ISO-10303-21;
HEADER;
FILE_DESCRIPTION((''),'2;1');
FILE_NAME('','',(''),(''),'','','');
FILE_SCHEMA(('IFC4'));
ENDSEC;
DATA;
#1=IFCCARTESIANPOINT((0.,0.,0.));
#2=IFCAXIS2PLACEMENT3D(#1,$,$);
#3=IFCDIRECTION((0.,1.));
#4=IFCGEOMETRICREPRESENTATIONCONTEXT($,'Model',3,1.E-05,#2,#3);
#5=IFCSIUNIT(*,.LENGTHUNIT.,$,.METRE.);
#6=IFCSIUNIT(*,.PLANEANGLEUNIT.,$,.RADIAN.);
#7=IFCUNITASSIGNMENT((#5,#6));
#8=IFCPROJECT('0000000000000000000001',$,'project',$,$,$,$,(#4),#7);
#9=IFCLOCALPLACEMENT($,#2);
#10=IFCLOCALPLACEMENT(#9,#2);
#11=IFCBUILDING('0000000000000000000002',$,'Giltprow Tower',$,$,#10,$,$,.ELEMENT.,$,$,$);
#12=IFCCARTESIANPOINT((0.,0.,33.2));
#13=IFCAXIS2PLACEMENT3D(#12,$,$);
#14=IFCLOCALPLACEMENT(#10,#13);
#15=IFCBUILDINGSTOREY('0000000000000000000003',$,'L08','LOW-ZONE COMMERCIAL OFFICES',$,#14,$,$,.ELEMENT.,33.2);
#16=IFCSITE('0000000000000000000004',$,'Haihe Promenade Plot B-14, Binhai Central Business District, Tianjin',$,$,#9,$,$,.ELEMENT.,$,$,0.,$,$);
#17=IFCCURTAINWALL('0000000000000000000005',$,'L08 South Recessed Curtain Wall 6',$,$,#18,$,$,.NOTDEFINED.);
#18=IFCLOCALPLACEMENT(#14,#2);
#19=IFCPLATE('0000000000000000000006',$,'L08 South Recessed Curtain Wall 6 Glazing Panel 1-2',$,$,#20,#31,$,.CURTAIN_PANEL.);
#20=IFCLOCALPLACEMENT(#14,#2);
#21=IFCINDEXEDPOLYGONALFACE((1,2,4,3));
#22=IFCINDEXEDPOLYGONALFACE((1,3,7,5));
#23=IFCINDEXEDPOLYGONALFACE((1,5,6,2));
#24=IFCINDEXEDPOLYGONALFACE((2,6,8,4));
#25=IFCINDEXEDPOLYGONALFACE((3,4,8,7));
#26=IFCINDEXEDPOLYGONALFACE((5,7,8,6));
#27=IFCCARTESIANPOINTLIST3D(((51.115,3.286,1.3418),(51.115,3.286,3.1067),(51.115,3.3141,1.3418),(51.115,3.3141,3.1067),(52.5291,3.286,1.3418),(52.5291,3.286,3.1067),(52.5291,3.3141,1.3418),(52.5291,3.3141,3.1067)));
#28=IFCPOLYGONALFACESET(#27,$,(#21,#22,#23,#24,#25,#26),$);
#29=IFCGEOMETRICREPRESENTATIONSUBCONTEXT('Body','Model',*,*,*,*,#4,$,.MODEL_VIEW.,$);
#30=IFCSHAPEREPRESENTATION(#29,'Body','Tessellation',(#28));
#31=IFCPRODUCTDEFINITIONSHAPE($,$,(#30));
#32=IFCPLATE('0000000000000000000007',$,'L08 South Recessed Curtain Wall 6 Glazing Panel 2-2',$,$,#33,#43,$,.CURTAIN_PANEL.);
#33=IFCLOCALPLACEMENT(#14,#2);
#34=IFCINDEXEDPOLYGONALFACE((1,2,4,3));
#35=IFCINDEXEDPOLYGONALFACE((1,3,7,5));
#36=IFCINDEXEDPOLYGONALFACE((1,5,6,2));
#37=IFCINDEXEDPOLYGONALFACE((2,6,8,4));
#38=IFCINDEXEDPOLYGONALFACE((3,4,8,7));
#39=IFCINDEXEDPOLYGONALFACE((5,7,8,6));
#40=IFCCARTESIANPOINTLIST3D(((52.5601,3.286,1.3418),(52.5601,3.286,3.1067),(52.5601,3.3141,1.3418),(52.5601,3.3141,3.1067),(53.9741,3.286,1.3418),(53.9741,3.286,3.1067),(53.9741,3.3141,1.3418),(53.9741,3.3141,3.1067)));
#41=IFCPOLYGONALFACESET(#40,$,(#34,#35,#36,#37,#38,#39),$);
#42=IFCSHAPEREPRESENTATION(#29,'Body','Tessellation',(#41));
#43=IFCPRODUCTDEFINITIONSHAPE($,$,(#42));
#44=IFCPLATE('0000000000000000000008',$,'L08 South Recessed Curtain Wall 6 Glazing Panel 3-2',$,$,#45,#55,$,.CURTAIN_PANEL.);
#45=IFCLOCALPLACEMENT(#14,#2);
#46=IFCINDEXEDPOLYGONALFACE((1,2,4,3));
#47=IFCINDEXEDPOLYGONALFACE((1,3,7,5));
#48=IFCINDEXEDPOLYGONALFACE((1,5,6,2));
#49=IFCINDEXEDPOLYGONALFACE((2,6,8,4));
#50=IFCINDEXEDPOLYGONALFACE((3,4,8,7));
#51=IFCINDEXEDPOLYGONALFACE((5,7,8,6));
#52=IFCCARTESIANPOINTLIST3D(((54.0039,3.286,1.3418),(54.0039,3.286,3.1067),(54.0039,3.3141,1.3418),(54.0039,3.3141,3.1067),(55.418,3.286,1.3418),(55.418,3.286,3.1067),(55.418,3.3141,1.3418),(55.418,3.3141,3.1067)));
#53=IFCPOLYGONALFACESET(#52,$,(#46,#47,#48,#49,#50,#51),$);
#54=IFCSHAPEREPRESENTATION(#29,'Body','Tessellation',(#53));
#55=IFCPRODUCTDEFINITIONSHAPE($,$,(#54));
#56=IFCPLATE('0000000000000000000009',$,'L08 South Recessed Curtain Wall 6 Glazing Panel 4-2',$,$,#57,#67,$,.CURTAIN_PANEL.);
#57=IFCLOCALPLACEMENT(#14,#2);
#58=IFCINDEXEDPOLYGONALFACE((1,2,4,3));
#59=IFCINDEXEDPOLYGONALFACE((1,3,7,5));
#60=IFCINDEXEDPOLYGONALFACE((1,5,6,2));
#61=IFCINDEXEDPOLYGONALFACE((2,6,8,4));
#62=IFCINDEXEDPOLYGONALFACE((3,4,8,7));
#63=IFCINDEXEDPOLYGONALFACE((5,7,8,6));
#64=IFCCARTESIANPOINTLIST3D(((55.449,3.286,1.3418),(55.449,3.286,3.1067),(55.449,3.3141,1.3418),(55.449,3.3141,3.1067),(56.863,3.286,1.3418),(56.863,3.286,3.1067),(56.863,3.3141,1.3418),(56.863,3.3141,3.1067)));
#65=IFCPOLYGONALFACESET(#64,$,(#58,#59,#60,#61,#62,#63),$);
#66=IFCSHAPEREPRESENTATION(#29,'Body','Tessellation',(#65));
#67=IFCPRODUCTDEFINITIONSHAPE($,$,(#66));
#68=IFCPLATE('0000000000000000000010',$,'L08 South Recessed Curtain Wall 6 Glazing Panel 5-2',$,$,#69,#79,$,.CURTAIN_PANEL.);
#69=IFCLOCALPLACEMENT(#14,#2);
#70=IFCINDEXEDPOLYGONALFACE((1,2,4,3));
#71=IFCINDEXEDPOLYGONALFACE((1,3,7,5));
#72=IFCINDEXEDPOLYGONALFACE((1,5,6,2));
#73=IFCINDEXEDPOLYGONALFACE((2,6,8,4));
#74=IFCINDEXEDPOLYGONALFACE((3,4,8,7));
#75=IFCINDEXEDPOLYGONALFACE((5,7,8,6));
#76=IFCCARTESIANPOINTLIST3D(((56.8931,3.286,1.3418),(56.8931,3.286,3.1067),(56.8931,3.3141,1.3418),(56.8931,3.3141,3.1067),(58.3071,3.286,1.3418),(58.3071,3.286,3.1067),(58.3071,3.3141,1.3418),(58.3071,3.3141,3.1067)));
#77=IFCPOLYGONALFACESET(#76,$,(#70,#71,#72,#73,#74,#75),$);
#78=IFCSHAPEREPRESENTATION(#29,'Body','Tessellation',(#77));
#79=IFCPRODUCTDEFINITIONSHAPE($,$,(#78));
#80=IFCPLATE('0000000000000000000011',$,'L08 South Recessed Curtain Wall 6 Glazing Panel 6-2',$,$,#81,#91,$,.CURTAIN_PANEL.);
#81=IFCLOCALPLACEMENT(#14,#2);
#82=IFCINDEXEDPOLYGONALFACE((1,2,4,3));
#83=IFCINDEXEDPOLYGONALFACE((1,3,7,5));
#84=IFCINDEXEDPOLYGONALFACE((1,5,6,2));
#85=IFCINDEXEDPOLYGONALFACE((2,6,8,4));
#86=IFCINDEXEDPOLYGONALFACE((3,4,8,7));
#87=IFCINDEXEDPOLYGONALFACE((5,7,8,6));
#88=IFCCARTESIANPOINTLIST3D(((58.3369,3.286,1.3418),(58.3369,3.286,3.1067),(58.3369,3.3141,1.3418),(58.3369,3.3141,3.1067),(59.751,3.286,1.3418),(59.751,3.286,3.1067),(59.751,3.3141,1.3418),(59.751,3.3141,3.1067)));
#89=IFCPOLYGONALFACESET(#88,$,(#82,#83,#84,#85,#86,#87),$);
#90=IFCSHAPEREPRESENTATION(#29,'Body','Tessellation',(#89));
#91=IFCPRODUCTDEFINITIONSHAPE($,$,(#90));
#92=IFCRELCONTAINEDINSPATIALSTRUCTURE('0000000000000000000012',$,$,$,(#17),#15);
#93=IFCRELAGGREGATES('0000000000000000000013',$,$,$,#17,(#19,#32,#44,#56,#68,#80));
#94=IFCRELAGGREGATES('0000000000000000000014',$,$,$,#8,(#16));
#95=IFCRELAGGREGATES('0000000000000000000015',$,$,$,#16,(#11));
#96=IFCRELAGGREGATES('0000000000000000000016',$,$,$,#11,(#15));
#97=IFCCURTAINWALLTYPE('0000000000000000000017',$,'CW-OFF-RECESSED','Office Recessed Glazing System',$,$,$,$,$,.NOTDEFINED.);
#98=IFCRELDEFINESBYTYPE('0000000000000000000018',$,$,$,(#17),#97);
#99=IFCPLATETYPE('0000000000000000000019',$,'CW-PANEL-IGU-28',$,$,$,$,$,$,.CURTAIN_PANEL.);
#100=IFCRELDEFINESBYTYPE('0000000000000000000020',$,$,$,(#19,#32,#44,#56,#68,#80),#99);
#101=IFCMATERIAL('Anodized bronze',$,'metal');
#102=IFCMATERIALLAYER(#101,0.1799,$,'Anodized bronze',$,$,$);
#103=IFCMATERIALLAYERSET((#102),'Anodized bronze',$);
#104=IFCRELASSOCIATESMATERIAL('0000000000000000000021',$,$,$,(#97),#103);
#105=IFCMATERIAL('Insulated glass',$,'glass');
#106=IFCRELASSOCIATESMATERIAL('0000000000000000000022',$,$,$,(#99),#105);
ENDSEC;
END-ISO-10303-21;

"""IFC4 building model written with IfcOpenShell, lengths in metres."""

from ifc_helpers import new_model, si_unit, direction, frame, origin, origin_2d, place, context, subcontext, project, spatial, rectangle, extrude, source, transform, mapped, material, layer, layer_set, type_object, element, aggregate, save


model = new_model("IFC4")

# Units and contexts
model_context = context("Model", 3, precision=1e-05, world=origin(), true_north=direction((0.0, 1.0)))
body_context = subcontext(model_context, "Body", "Model", "MODEL_VIEW")
ifc_project = project(units=[si_unit("LENGTHUNIT", "METRE"), si_unit("PLANEANGLEUNIT", "RADIAN")], contexts=[model_context])

# Site, building, storey
site_placement = place(None, origin())
site = spatial("IfcSite", under=ifc_project, at=site_placement, Name="Haihe Promenade Plot B-14, Binhai Central Business District, Tianjin", CompositionType="ELEMENT", RefElevation=0.0)
building_placement = place(site_placement, origin())
building = spatial("IfcBuilding", under=site, at=building_placement, Name="Giltprow Tower", CompositionType="ELEMENT")
storey_placement = place(building_placement, frame((0.0, 0.0, 33.2)))
storey = spatial("IfcBuildingStorey", under=building, at=storey_placement, Name="L08", Description="LOW-ZONE COMMERCIAL OFFICES", CompositionType="ELEMENT", Elevation=33.2)

# Curtain wall, plates
ifc_material_1 = material(Name="Anodized bronze", Category="metal")
ifc_layer = layer(ifc_material_1, 0.1799, Name="Anodized bronze")
ifc_layer_set = layer_set([ifc_layer], Name="Anodized bronze")
curtain_wall_type = type_object("IfcCurtainWallType", Name="CW-OFF-RECESSED", Description="Office Recessed Glazing System", PredefinedType="NOTDEFINED", material=ifc_layer_set)
curtain_wall_placement = place(storey_placement, origin())
curtain_wall = element("IfcCurtainWall", 1, at=curtain_wall_placement, inside=storey, type_object=curtain_wall_type, Name="L08 South Recessed Curtain Wall 6", PredefinedType="NOTDEFINED")
ifc_material_2 = material(Name="Insulated glass", Category="glass")
plate_type = type_object("IfcPlateType", Name="CW-PANEL-IGU-28", PredefinedType="CURTAIN_PANEL", material=ifc_material_2)
shared_shape_1 = source(origin(), body_context, "Body", "SweptSolid", [
    extrude(rectangle(XDim=1.4141, YDim=0.0281, at=origin_2d()), origin(), (0.0, 0.0, 1.0), 1.7649),
])
plate_1_placement = place(storey_placement, frame((51.822, 3.3, 1.3418), z_axis=(0.0, 0.0, 1.0), x_axis=(1.0, 0.0, 0.0)))
plate_1 = element("IfcPlate", 2, at=plate_1_placement, type_object=plate_type, Name="L08 South Recessed Curtain Wall 6 Glazing Panel 1-2", PredefinedType="CURTAIN_PANEL", context=body_context, shape_type="MappedRepresentation", body=[
    mapped(shared_shape_1, transform((0.0, 0.0, 0.0), x_axis=(1.0, 0.0, 0.0), y_axis=(0.0, 1.0, 0.0), z_axis=(0.0, 0.0, 1.0), scale=1.0)),
])
plate_2_placement = place(storey_placement, frame((53.2671, 3.3, 1.3418), z_axis=(0.0, 0.0, 1.0), x_axis=(1.0, 0.0, 0.0)))
plate_2 = element("IfcPlate", 3, at=plate_2_placement, type_object=plate_type, Name="L08 South Recessed Curtain Wall 6 Glazing Panel 2-2", PredefinedType="CURTAIN_PANEL", context=body_context, shape_type="MappedRepresentation", body=[
    mapped(shared_shape_1, transform((0.0, 0.0, 0.0), x_axis=(1.0, 0.0, 0.0), y_axis=(0.0, 1.0, 0.0), z_axis=(0.0, 0.0, 1.0), scale=1.0)),
])
plate_3_placement = place(storey_placement, frame((54.7109, 3.3, 1.3418), z_axis=(0.0, 0.0, 1.0), x_axis=(1.0, 0.0, 0.0)))
plate_3 = element("IfcPlate", 4, at=plate_3_placement, type_object=plate_type, Name="L08 South Recessed Curtain Wall 6 Glazing Panel 3-2", PredefinedType="CURTAIN_PANEL", context=body_context, shape_type="MappedRepresentation", body=[
    mapped(shared_shape_1, transform((0.0, 0.0, 0.0), x_axis=(1.0, 0.0, 0.0), y_axis=(0.0, 1.0, 0.0), z_axis=(0.0, 0.0, 1.0), scale=1.0)),
])
plate_4_placement = place(storey_placement, frame((56.156, 3.3, 1.3418), z_axis=(0.0, 0.0, 1.0), x_axis=(1.0, 0.0, 0.0)))
plate_4 = element("IfcPlate", 5, at=plate_4_placement, type_object=plate_type, Name="L08 South Recessed Curtain Wall 6 Glazing Panel 4-2", PredefinedType="CURTAIN_PANEL", context=body_context, shape_type="MappedRepresentation", body=[
    mapped(shared_shape_1, transform((0.0, 0.0, 0.0), x_axis=(1.0, 0.0, 0.0), y_axis=(0.0, 1.0, 0.0), z_axis=(0.0, 0.0, 1.0), scale=1.0)),
])
plate_5_placement = place(storey_placement, frame((57.6001, 3.3, 1.3418), z_axis=(0.0, 0.0, 1.0), x_axis=(1.0, 0.0, 0.0)))
plate_5 = element("IfcPlate", 6, at=plate_5_placement, type_object=plate_type, Name="L08 South Recessed Curtain Wall 6 Glazing Panel 5-2", PredefinedType="CURTAIN_PANEL", context=body_context, shape_type="MappedRepresentation", body=[
    mapped(shared_shape_1, transform((0.0, 0.0, 0.0), x_axis=(1.0, 0.0, 0.0), y_axis=(0.0, 1.0, 0.0), z_axis=(0.0, 0.0, 1.0), scale=1.0)),
])
plate_6_placement = place(storey_placement, frame((59.0439, 3.3, 1.3418), z_axis=(0.0, 0.0, 1.0), x_axis=(1.0, 0.0, 0.0)))
plate_6 = element("IfcPlate", 7, at=plate_6_placement, type_object=plate_type, Name="L08 South Recessed Curtain Wall 6 Glazing Panel 6-2", PredefinedType="CURTAIN_PANEL", context=body_context, shape_type="MappedRepresentation", body=[
    mapped(shared_shape_1, transform((0.0, 0.0, 0.0), x_axis=(1.0, 0.0, 0.0), y_axis=(0.0, 1.0, 0.0), z_axis=(0.0, 0.0, 1.0), scale=1.0)),
])
aggregate(curtain_wall, [plate_1, plate_2, plate_3, plate_4, plate_5, plate_6])

save(model, "model.ifc")
